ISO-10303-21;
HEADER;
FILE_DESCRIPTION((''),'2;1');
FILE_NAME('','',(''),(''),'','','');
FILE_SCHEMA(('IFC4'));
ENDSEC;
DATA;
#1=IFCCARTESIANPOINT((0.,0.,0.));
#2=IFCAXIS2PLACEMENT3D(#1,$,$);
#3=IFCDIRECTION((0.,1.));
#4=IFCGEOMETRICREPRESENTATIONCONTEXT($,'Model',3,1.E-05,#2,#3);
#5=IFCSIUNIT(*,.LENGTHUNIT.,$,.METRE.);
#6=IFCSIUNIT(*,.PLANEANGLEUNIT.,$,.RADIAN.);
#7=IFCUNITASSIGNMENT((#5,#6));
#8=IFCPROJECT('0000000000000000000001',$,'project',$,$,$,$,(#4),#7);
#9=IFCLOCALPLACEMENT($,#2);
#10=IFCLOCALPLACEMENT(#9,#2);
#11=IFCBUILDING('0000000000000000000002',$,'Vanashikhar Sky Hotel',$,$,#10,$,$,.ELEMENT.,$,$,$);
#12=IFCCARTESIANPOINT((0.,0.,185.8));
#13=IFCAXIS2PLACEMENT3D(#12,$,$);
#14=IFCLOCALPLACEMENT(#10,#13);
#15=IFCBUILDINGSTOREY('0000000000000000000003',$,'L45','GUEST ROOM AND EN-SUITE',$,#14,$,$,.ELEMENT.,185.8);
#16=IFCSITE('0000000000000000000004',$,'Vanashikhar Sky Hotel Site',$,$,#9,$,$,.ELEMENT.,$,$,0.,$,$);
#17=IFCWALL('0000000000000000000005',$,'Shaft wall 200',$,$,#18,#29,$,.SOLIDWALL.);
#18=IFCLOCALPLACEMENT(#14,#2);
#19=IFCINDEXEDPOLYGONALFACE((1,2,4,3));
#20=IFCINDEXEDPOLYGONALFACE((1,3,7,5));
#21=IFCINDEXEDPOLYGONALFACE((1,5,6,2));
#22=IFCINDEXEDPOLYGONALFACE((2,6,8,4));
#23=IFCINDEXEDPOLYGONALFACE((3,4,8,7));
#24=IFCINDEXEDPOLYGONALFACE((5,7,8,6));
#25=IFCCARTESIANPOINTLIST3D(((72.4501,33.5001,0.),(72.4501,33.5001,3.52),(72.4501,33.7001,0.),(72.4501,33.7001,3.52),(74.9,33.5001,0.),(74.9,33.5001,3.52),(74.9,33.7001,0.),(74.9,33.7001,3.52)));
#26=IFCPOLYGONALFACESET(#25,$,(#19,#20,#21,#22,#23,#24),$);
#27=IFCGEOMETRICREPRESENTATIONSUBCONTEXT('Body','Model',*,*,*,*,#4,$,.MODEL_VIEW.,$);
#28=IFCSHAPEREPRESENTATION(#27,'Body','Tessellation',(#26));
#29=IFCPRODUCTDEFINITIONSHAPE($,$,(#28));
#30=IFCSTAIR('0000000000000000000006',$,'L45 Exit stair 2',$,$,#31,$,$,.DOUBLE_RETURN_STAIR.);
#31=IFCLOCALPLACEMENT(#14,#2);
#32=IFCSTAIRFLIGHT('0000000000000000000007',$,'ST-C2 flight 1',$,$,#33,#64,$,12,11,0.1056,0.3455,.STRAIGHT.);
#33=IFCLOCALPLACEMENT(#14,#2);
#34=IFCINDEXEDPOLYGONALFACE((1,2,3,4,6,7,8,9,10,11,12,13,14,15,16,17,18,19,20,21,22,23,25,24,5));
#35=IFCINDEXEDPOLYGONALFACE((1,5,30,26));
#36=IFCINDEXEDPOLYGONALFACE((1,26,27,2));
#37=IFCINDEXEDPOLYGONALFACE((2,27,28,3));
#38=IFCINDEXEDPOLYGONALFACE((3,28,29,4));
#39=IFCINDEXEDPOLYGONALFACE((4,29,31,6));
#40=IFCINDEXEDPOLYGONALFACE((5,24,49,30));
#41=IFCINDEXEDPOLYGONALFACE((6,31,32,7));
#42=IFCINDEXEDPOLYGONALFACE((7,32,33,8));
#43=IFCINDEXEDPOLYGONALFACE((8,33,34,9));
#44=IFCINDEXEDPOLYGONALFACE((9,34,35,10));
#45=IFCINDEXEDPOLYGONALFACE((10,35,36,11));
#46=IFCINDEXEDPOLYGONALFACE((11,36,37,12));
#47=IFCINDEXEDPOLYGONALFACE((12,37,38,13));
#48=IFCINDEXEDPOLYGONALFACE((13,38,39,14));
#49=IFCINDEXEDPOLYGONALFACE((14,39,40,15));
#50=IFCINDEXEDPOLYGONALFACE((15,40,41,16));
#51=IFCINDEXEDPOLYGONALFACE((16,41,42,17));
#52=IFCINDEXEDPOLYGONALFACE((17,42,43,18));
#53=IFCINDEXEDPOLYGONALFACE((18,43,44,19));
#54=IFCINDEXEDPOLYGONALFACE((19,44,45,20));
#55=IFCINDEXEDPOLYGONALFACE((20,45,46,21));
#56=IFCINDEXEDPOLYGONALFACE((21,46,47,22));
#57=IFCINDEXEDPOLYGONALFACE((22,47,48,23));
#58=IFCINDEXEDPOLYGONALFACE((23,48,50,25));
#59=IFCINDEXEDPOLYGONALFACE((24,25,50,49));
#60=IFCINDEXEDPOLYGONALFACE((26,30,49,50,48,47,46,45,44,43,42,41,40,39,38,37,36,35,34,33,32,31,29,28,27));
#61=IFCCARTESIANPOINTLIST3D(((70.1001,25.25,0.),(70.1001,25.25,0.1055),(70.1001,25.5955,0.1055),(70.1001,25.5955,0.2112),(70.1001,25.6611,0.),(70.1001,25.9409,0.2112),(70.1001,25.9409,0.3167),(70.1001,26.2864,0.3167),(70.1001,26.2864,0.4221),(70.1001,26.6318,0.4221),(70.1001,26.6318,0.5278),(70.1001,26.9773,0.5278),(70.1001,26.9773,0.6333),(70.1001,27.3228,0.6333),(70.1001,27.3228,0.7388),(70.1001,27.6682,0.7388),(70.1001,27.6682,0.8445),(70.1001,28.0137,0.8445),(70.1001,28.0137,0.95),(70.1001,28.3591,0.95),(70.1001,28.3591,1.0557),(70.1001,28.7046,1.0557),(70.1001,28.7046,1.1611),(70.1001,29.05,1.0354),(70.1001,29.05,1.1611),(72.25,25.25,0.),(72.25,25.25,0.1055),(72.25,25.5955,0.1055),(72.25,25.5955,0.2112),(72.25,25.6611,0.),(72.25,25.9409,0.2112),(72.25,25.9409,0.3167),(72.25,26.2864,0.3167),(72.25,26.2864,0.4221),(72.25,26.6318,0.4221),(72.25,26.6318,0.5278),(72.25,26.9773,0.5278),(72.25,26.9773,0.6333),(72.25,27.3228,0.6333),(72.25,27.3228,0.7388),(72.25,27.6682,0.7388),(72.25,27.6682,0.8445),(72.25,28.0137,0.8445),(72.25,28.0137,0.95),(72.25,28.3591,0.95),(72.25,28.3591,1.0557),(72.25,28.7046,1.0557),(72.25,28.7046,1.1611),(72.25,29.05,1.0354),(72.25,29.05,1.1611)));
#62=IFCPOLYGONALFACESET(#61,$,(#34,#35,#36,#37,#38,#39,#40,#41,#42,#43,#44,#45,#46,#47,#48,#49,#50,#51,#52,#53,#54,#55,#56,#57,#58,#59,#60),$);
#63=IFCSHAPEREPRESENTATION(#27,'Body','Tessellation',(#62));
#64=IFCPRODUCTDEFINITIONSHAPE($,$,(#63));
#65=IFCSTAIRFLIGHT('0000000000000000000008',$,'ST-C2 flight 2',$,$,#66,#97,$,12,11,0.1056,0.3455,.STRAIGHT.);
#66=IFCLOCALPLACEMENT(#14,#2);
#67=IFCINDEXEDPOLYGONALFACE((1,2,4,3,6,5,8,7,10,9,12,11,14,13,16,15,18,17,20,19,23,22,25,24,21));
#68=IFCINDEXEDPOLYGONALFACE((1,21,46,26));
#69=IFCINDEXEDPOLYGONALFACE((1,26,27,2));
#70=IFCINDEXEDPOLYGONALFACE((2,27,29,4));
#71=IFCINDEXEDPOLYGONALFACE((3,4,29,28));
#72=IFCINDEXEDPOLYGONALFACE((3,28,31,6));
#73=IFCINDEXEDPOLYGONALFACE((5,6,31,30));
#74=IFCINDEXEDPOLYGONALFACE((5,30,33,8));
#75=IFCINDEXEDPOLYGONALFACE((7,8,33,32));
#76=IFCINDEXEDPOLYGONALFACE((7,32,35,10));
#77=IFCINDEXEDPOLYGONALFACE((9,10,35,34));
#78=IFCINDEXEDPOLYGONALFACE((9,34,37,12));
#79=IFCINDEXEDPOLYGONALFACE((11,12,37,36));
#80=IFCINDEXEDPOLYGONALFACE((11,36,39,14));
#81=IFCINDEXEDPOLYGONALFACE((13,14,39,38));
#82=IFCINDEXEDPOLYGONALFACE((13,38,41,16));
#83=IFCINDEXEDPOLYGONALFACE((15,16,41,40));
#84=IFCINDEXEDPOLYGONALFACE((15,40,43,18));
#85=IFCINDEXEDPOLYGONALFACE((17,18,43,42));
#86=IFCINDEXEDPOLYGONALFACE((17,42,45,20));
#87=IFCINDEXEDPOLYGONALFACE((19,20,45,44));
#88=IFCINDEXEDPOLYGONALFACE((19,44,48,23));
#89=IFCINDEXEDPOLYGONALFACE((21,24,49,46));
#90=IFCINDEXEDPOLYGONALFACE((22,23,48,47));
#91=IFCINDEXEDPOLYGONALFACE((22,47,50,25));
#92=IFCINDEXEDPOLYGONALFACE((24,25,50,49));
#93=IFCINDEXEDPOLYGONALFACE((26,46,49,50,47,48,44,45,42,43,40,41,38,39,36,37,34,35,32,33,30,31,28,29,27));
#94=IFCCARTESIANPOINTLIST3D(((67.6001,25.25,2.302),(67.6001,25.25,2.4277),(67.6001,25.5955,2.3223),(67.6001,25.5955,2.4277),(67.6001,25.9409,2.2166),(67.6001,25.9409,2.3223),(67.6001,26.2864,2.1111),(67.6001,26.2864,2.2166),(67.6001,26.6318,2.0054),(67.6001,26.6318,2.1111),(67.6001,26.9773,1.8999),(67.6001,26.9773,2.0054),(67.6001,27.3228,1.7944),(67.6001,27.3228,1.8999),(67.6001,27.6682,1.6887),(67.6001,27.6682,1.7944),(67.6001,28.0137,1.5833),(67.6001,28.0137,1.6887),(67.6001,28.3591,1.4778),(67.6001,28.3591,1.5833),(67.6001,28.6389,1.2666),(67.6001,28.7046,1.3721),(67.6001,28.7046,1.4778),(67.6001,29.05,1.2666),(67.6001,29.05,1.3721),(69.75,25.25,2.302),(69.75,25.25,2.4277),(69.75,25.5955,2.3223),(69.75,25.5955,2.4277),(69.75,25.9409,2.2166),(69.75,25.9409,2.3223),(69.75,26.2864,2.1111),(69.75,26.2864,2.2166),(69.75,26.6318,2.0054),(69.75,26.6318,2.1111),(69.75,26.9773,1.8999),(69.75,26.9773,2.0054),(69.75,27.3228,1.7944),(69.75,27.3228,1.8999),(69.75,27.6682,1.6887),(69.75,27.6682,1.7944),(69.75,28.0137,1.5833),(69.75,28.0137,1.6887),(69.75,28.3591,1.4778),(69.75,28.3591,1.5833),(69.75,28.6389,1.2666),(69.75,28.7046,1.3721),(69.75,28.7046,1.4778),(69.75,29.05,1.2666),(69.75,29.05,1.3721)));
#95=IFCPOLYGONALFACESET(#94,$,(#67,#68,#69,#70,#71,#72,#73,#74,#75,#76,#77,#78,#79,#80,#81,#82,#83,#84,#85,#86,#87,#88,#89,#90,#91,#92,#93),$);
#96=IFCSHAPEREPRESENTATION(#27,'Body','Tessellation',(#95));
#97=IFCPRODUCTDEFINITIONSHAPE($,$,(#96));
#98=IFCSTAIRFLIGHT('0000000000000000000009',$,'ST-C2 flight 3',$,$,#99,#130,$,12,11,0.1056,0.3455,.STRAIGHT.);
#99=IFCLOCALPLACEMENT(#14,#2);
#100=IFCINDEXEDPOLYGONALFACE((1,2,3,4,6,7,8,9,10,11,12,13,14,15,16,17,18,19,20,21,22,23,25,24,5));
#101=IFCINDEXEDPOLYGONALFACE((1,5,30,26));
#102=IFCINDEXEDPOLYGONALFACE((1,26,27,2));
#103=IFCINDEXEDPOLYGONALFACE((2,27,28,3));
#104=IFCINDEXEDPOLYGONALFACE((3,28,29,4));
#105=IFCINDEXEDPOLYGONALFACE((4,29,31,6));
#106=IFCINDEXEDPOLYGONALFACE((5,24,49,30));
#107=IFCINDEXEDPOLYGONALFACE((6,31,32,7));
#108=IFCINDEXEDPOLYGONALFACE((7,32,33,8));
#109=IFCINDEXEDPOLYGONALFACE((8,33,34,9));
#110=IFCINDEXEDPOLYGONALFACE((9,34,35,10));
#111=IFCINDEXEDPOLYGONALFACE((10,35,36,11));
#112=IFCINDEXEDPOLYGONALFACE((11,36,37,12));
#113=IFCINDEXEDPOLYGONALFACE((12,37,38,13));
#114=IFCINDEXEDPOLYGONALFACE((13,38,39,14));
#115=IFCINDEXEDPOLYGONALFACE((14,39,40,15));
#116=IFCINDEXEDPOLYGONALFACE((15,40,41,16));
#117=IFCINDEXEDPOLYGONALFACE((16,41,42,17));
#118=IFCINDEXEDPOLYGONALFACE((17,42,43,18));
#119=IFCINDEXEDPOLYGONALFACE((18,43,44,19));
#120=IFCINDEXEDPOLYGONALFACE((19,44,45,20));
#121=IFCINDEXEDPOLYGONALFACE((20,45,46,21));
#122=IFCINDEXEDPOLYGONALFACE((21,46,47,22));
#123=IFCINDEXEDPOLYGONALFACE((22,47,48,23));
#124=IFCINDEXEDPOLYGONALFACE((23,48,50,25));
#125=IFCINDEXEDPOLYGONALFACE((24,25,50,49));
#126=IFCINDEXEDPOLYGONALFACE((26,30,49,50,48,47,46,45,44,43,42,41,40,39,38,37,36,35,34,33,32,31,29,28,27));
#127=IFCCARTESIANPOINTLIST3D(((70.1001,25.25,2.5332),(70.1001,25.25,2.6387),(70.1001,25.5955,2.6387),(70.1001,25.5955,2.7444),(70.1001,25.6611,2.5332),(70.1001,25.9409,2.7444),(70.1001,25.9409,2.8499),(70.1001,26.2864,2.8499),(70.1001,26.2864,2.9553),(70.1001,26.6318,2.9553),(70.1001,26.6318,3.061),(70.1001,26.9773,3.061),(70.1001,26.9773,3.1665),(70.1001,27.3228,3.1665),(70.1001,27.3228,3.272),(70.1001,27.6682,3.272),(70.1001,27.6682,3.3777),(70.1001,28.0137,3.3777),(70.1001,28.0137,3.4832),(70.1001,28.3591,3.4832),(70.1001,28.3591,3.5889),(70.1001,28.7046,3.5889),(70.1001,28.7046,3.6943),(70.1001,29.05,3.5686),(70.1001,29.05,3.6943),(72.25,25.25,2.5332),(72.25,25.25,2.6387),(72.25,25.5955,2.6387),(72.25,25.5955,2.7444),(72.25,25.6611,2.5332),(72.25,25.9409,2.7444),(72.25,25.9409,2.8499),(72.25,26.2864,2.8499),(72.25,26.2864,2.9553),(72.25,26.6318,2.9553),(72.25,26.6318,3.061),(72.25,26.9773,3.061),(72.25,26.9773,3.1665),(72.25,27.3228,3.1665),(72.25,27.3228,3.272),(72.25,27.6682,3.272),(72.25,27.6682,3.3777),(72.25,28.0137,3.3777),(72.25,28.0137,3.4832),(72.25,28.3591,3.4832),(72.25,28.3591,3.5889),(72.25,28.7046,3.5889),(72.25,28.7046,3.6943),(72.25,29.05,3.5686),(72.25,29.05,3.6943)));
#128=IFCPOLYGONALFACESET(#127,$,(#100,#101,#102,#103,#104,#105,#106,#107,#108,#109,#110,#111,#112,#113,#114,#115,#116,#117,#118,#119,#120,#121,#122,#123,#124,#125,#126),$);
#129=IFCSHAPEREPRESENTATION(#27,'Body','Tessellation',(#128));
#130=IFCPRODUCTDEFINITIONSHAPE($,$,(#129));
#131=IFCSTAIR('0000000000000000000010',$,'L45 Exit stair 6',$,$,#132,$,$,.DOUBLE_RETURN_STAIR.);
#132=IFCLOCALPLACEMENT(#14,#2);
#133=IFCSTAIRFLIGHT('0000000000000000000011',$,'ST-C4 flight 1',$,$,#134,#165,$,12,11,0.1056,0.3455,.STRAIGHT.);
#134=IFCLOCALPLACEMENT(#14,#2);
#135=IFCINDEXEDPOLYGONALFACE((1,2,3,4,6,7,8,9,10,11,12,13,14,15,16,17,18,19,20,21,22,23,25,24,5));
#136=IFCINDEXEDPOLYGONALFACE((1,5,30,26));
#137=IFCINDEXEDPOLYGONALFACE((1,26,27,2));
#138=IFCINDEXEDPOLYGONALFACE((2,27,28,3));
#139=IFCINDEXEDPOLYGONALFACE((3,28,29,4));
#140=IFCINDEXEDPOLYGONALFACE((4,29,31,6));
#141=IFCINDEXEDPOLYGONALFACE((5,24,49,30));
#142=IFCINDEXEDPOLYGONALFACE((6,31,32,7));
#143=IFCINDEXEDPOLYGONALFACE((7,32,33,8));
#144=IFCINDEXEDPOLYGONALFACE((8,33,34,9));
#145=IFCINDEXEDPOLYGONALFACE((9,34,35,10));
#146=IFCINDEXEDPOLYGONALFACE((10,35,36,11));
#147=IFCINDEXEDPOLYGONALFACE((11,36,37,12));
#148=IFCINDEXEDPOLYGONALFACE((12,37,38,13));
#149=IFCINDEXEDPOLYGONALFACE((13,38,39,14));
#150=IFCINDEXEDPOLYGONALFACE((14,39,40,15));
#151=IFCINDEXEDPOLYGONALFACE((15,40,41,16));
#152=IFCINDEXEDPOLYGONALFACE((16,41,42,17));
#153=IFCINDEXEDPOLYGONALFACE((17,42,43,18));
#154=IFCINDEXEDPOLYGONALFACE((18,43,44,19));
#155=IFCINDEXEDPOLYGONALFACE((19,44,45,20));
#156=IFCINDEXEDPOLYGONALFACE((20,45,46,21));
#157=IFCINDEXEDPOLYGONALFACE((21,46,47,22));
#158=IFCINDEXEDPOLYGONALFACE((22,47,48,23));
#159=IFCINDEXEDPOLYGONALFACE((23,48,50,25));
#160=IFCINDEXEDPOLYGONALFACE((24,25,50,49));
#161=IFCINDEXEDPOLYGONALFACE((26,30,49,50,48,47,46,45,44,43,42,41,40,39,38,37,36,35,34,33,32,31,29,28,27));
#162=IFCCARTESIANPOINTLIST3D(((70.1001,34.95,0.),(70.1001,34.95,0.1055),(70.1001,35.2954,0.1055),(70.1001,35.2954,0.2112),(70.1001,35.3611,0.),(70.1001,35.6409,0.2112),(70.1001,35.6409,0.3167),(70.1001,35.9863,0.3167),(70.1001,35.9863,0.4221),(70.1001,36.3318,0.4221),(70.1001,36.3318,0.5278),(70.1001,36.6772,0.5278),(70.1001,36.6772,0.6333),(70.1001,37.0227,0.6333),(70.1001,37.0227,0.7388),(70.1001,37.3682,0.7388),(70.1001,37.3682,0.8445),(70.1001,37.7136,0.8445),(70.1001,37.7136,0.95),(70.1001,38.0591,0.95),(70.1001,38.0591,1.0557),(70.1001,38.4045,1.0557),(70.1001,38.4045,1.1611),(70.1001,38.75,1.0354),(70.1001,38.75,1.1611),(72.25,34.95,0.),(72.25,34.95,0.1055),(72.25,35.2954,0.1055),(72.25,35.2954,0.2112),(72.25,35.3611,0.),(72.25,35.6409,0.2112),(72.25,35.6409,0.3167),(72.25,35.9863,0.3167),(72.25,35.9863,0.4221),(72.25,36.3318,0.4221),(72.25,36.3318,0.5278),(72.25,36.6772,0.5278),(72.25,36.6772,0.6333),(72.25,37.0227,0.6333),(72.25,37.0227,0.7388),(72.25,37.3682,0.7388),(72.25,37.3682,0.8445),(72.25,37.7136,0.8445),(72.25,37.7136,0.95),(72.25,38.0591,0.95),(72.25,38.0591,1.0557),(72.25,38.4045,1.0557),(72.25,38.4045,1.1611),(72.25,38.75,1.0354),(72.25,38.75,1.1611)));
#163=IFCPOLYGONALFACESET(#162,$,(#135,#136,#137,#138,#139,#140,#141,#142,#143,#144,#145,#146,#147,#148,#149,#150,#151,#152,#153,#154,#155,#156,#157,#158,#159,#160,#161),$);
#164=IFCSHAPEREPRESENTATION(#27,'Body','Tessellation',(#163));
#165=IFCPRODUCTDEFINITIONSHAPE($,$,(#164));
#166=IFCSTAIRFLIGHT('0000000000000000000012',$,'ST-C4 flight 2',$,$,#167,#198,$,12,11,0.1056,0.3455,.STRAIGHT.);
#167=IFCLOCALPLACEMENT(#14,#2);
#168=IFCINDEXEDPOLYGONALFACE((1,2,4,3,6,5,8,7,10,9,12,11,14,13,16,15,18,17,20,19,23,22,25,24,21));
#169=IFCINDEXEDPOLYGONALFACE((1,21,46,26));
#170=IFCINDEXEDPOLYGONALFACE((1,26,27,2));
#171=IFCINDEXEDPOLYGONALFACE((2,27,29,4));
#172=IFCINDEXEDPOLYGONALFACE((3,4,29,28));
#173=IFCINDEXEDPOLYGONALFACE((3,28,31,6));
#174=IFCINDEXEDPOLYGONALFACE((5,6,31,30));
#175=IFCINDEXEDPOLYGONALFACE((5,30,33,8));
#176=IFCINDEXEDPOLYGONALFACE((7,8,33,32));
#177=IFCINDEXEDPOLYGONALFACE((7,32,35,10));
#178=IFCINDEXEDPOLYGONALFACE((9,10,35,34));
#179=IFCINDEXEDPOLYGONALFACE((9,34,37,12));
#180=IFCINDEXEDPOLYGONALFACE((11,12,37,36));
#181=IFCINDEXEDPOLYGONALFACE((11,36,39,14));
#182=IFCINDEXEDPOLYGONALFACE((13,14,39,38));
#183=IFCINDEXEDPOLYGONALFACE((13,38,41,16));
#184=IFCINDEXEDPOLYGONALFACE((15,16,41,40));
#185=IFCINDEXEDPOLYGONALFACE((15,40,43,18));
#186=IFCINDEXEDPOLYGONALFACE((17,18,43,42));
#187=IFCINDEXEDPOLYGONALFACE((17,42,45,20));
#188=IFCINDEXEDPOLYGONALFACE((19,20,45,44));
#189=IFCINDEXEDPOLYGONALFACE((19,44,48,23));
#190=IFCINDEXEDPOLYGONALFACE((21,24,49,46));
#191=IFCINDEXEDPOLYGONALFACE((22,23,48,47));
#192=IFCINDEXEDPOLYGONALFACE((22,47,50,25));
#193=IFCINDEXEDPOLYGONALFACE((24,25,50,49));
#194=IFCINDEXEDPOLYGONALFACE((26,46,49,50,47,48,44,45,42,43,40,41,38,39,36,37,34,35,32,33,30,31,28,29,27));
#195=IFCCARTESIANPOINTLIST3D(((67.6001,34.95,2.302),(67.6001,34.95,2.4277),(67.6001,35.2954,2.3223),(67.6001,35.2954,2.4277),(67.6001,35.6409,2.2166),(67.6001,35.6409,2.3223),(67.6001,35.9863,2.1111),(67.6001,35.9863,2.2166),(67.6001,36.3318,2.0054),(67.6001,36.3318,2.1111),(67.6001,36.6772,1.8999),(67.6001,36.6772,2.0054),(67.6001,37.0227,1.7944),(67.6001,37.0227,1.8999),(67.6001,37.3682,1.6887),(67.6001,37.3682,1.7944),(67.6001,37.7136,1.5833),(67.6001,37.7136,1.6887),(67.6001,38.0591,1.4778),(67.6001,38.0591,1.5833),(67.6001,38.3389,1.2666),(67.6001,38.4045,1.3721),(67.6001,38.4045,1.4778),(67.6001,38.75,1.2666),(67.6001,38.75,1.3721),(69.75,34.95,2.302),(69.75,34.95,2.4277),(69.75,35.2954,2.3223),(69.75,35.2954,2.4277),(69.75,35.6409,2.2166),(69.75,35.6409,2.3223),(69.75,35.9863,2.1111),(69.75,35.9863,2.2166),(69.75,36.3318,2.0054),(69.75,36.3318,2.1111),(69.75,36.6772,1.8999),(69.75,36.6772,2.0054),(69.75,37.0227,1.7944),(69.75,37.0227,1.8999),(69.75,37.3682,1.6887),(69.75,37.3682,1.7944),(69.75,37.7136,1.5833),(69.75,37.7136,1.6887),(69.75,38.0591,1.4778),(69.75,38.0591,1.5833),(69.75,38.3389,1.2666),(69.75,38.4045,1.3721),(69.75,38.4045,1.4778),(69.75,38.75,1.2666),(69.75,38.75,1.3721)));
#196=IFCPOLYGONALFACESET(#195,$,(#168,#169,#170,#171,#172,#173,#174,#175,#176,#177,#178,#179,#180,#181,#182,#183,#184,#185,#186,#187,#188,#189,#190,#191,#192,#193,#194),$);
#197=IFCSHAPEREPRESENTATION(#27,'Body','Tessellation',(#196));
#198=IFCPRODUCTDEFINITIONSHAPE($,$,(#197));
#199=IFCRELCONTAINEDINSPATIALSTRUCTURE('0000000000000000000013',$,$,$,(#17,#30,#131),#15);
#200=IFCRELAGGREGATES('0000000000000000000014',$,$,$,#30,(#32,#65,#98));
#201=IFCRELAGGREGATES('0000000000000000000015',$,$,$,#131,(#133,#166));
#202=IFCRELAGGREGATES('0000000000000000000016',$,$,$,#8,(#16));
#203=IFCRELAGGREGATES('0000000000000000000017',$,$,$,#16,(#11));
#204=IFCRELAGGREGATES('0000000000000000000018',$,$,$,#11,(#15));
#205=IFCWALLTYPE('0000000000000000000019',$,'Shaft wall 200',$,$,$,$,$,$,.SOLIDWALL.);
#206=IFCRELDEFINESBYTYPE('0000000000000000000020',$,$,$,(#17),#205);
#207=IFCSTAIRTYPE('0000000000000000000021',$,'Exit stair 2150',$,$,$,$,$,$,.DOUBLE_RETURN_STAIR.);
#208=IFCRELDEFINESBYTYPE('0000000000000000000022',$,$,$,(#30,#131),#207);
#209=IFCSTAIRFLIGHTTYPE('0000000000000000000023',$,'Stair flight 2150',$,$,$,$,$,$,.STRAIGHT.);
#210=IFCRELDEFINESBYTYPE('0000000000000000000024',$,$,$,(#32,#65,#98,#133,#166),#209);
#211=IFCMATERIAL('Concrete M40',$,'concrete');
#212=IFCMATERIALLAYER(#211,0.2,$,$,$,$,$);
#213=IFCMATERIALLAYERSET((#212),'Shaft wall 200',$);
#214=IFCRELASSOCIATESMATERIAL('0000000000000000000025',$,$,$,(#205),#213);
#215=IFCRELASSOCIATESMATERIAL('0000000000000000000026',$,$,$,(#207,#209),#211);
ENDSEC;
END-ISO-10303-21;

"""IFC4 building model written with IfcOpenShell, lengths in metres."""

from ifc_helpers import new_model, si_unit, direction, frame, frame_2d, origin, place, context, subcontext, project, spatial, polyline, rectangle, outline, extrude, source, transform, mapped, material, layer, layer_set, type_object, element, aggregate, save


model = new_model("IFC4")

# Units and contexts
model_context = context("Model", 3, precision=1e-05, world=origin(), true_north=direction((0.0, 1.0)))
body_context = subcontext(model_context, "Body", "Model", "MODEL_VIEW")
ifc_project = project(units=[si_unit("LENGTHUNIT", "METRE"), si_unit("PLANEANGLEUNIT", "RADIAN")], contexts=[model_context])

# Site, building, storey
site_placement = place(None, origin())
site = spatial("IfcSite", under=ifc_project, at=site_placement, Name="Vanashikhar Sky Hotel Site", CompositionType="ELEMENT", RefElevation=0.0)
building_placement = place(site_placement, origin())
building = spatial("IfcBuilding", under=site, at=building_placement, Name="Vanashikhar Sky Hotel", CompositionType="ELEMENT")
storey_placement = place(building_placement, frame((0.0, 0.0, 185.8)))
storey = spatial("IfcBuildingStorey", under=building, at=storey_placement, Name="L45", Description="GUEST ROOM AND EN-SUITE", CompositionType="ELEMENT", Elevation=185.8)

# Shared definitions
ifc_material_1 = material(Name="Concrete M40", Category="concrete")
ifc_layer_1 = layer(ifc_material_1, 0.2)
ifc_layer_set_1 = layer_set([ifc_layer_1], Name="Shaft wall 200")
wall_type_1 = type_object("IfcWallType", Name="Shaft wall 200", PredefinedType="SOLIDWALL", material=ifc_layer_set_1)

# Wall
shared_shape_1 = source(origin(), body_context, "Body", "SweptSolid", [
    extrude(rectangle(XDim=2.45, YDim=0.2, at=frame_2d((1.2251, 0.0))), origin(), (0.0, 0.0, 1.0), 3.52),
])
wall_1_placement = place(storey_placement, frame((72.45, 33.6001, 0.0), z_axis=(0.0, 0.0, 1.0), x_axis=(1.0, 0.0, 0.0)))
element("IfcWall", 1, at=wall_1_placement, inside=storey, type_object=wall_type_1, Name="Shaft wall 200", PredefinedType="SOLIDWALL", context=body_context, shape_type="MappedRepresentation", body=[
    mapped(shared_shape_1, transform((0.0, 0.0, 0.0), scale=1.0)),
])

# Stairs, stair flights
stair_type = type_object("IfcStairType", Name="Exit stair 2150", PredefinedType="DOUBLE_RETURN_STAIR", material=ifc_material_1)
stair_1_placement = place(storey_placement, origin())
stair_1 = element("IfcStair", 2, at=stair_1_placement, inside=storey, type_object=stair_type, Name="L45 Exit stair 2", PredefinedType="DOUBLE_RETURN_STAIR")
stair_flight_type = type_object("IfcStairFlightType", Name="Stair flight 2150", PredefinedType="STRAIGHT", material=ifc_material_1)
shared_shape_2 = source(origin(), body_context, "Body", "SweptSolid", [
    extrude(outline(polyline([(0.0, 0.0), (0.0, 0.1055), (0.3455, 0.1055), (0.3455, 0.2112), (0.6909, 0.2112), (0.6909, 0.3167), (1.0364, 0.3167), (1.0364, 0.4221), (1.3818, 0.4221), (1.3818, 0.5278), (1.7273, 0.5278), (1.7273, 0.6333), (2.0728, 0.6333), (2.0728, 0.7388), (2.4182, 0.7388), (2.4182, 0.8445), (2.7637, 0.8445), (2.7637, 0.95), (3.1091, 0.95), (3.1091, 1.0557), (3.4546, 1.0557), (3.4546, 1.1611), (3.8, 1.1611), (3.8, 1.2666), (3.8, 1.0354), (0.4111, 0.0), (0.0, 0.0)])), frame((0.0, 1.075, 0.0), z_axis=(0.0, -1.0, 0.0), x_axis=(1.0, 0.0, 0.0)), (0.0, 0.0, 1.0), 2.1499),
])
stair_flight_1_placement = place(storey_placement, frame((71.175, 25.25, 0.0), z_axis=(0.0, 0.0, 1.0), x_axis=(0.0, 1.0, 0.0)))
stair_flight_1 = element("IfcStairFlight", 3, at=stair_flight_1_placement, type_object=stair_flight_type, Name="ST-C2 flight 1", NumberOfRisers=12, NumberOfTreads=11, PredefinedType="STRAIGHT", RiserHeight=0.1056, TreadLength=0.3455, context=body_context, shape_type="MappedRepresentation", body=[
    mapped(shared_shape_2, transform((0.0, 0.0, 0.0), scale=1.0)),
])
stair_flight_2_placement = place(storey_placement, frame((68.675, 29.05, 1.2666), z_axis=(0.0, 0.0, 1.0), x_axis=(0.0, -1.0, 0.0)))
stair_flight_2 = element("IfcStairFlight", 4, at=stair_flight_2_placement, type_object=stair_flight_type, Name="ST-C2 flight 2", NumberOfRisers=12, NumberOfTreads=11, PredefinedType="STRAIGHT", RiserHeight=0.1056, TreadLength=0.3455, context=body_context, shape_type="MappedRepresentation", body=[
    mapped(shared_shape_2, transform((0.0, 0.0, 0.0), scale=1.0)),
])
stair_flight_3_placement = place(storey_placement, frame((71.175, 25.25, 2.5332), z_axis=(0.0, 0.0, 1.0), x_axis=(0.0, 1.0, 0.0)))
stair_flight_3 = element("IfcStairFlight", 5, at=stair_flight_3_placement, type_object=stair_flight_type, Name="ST-C2 flight 3", NumberOfRisers=12, NumberOfTreads=11, PredefinedType="STRAIGHT", RiserHeight=0.1056, TreadLength=0.3455, context=body_context, shape_type="MappedRepresentation", body=[
    mapped(shared_shape_2, transform((0.0, 0.0, 0.0), scale=1.0)),
])
aggregate(stair_1, [stair_flight_1, stair_flight_2, stair_flight_3])
stair_2_placement = place(storey_placement, origin())
stair_2 = element("IfcStair", 6, at=stair_2_placement, inside=storey, type_object=stair_type, Name="L45 Exit stair 6", PredefinedType="DOUBLE_RETURN_STAIR")
stair_flight_4_placement = place(storey_placement, frame((71.175, 34.95, 0.0), z_axis=(0.0, 0.0, 1.0), x_axis=(0.0, 1.0, 0.0)))
stair_flight_4 = element("IfcStairFlight", 7, at=stair_flight_4_placement, type_object=stair_flight_type, Name="ST-C4 flight 1", NumberOfRisers=12, NumberOfTreads=11, PredefinedType="STRAIGHT", RiserHeight=0.1056, TreadLength=0.3455, context=body_context, shape_type="MappedRepresentation", body=[
    mapped(shared_shape_2, transform((0.0, 0.0, 0.0), scale=1.0)),
])
stair_flight_5_placement = place(storey_placement, frame((68.675, 38.75, 1.2666), z_axis=(0.0, 0.0, 1.0), x_axis=(0.0, -1.0, 0.0)))
stair_flight_5 = element("IfcStairFlight", 8, at=stair_flight_5_placement, type_object=stair_flight_type, Name="ST-C4 flight 2", NumberOfRisers=12, NumberOfTreads=11, PredefinedType="STRAIGHT", RiserHeight=0.1056, TreadLength=0.3455, context=body_context, shape_type="MappedRepresentation", body=[
    mapped(shared_shape_2, transform((0.0, 0.0, 0.0), scale=1.0)),
])
aggregate(stair_2, [stair_flight_4, stair_flight_5])

save(model, "model.ifc")
